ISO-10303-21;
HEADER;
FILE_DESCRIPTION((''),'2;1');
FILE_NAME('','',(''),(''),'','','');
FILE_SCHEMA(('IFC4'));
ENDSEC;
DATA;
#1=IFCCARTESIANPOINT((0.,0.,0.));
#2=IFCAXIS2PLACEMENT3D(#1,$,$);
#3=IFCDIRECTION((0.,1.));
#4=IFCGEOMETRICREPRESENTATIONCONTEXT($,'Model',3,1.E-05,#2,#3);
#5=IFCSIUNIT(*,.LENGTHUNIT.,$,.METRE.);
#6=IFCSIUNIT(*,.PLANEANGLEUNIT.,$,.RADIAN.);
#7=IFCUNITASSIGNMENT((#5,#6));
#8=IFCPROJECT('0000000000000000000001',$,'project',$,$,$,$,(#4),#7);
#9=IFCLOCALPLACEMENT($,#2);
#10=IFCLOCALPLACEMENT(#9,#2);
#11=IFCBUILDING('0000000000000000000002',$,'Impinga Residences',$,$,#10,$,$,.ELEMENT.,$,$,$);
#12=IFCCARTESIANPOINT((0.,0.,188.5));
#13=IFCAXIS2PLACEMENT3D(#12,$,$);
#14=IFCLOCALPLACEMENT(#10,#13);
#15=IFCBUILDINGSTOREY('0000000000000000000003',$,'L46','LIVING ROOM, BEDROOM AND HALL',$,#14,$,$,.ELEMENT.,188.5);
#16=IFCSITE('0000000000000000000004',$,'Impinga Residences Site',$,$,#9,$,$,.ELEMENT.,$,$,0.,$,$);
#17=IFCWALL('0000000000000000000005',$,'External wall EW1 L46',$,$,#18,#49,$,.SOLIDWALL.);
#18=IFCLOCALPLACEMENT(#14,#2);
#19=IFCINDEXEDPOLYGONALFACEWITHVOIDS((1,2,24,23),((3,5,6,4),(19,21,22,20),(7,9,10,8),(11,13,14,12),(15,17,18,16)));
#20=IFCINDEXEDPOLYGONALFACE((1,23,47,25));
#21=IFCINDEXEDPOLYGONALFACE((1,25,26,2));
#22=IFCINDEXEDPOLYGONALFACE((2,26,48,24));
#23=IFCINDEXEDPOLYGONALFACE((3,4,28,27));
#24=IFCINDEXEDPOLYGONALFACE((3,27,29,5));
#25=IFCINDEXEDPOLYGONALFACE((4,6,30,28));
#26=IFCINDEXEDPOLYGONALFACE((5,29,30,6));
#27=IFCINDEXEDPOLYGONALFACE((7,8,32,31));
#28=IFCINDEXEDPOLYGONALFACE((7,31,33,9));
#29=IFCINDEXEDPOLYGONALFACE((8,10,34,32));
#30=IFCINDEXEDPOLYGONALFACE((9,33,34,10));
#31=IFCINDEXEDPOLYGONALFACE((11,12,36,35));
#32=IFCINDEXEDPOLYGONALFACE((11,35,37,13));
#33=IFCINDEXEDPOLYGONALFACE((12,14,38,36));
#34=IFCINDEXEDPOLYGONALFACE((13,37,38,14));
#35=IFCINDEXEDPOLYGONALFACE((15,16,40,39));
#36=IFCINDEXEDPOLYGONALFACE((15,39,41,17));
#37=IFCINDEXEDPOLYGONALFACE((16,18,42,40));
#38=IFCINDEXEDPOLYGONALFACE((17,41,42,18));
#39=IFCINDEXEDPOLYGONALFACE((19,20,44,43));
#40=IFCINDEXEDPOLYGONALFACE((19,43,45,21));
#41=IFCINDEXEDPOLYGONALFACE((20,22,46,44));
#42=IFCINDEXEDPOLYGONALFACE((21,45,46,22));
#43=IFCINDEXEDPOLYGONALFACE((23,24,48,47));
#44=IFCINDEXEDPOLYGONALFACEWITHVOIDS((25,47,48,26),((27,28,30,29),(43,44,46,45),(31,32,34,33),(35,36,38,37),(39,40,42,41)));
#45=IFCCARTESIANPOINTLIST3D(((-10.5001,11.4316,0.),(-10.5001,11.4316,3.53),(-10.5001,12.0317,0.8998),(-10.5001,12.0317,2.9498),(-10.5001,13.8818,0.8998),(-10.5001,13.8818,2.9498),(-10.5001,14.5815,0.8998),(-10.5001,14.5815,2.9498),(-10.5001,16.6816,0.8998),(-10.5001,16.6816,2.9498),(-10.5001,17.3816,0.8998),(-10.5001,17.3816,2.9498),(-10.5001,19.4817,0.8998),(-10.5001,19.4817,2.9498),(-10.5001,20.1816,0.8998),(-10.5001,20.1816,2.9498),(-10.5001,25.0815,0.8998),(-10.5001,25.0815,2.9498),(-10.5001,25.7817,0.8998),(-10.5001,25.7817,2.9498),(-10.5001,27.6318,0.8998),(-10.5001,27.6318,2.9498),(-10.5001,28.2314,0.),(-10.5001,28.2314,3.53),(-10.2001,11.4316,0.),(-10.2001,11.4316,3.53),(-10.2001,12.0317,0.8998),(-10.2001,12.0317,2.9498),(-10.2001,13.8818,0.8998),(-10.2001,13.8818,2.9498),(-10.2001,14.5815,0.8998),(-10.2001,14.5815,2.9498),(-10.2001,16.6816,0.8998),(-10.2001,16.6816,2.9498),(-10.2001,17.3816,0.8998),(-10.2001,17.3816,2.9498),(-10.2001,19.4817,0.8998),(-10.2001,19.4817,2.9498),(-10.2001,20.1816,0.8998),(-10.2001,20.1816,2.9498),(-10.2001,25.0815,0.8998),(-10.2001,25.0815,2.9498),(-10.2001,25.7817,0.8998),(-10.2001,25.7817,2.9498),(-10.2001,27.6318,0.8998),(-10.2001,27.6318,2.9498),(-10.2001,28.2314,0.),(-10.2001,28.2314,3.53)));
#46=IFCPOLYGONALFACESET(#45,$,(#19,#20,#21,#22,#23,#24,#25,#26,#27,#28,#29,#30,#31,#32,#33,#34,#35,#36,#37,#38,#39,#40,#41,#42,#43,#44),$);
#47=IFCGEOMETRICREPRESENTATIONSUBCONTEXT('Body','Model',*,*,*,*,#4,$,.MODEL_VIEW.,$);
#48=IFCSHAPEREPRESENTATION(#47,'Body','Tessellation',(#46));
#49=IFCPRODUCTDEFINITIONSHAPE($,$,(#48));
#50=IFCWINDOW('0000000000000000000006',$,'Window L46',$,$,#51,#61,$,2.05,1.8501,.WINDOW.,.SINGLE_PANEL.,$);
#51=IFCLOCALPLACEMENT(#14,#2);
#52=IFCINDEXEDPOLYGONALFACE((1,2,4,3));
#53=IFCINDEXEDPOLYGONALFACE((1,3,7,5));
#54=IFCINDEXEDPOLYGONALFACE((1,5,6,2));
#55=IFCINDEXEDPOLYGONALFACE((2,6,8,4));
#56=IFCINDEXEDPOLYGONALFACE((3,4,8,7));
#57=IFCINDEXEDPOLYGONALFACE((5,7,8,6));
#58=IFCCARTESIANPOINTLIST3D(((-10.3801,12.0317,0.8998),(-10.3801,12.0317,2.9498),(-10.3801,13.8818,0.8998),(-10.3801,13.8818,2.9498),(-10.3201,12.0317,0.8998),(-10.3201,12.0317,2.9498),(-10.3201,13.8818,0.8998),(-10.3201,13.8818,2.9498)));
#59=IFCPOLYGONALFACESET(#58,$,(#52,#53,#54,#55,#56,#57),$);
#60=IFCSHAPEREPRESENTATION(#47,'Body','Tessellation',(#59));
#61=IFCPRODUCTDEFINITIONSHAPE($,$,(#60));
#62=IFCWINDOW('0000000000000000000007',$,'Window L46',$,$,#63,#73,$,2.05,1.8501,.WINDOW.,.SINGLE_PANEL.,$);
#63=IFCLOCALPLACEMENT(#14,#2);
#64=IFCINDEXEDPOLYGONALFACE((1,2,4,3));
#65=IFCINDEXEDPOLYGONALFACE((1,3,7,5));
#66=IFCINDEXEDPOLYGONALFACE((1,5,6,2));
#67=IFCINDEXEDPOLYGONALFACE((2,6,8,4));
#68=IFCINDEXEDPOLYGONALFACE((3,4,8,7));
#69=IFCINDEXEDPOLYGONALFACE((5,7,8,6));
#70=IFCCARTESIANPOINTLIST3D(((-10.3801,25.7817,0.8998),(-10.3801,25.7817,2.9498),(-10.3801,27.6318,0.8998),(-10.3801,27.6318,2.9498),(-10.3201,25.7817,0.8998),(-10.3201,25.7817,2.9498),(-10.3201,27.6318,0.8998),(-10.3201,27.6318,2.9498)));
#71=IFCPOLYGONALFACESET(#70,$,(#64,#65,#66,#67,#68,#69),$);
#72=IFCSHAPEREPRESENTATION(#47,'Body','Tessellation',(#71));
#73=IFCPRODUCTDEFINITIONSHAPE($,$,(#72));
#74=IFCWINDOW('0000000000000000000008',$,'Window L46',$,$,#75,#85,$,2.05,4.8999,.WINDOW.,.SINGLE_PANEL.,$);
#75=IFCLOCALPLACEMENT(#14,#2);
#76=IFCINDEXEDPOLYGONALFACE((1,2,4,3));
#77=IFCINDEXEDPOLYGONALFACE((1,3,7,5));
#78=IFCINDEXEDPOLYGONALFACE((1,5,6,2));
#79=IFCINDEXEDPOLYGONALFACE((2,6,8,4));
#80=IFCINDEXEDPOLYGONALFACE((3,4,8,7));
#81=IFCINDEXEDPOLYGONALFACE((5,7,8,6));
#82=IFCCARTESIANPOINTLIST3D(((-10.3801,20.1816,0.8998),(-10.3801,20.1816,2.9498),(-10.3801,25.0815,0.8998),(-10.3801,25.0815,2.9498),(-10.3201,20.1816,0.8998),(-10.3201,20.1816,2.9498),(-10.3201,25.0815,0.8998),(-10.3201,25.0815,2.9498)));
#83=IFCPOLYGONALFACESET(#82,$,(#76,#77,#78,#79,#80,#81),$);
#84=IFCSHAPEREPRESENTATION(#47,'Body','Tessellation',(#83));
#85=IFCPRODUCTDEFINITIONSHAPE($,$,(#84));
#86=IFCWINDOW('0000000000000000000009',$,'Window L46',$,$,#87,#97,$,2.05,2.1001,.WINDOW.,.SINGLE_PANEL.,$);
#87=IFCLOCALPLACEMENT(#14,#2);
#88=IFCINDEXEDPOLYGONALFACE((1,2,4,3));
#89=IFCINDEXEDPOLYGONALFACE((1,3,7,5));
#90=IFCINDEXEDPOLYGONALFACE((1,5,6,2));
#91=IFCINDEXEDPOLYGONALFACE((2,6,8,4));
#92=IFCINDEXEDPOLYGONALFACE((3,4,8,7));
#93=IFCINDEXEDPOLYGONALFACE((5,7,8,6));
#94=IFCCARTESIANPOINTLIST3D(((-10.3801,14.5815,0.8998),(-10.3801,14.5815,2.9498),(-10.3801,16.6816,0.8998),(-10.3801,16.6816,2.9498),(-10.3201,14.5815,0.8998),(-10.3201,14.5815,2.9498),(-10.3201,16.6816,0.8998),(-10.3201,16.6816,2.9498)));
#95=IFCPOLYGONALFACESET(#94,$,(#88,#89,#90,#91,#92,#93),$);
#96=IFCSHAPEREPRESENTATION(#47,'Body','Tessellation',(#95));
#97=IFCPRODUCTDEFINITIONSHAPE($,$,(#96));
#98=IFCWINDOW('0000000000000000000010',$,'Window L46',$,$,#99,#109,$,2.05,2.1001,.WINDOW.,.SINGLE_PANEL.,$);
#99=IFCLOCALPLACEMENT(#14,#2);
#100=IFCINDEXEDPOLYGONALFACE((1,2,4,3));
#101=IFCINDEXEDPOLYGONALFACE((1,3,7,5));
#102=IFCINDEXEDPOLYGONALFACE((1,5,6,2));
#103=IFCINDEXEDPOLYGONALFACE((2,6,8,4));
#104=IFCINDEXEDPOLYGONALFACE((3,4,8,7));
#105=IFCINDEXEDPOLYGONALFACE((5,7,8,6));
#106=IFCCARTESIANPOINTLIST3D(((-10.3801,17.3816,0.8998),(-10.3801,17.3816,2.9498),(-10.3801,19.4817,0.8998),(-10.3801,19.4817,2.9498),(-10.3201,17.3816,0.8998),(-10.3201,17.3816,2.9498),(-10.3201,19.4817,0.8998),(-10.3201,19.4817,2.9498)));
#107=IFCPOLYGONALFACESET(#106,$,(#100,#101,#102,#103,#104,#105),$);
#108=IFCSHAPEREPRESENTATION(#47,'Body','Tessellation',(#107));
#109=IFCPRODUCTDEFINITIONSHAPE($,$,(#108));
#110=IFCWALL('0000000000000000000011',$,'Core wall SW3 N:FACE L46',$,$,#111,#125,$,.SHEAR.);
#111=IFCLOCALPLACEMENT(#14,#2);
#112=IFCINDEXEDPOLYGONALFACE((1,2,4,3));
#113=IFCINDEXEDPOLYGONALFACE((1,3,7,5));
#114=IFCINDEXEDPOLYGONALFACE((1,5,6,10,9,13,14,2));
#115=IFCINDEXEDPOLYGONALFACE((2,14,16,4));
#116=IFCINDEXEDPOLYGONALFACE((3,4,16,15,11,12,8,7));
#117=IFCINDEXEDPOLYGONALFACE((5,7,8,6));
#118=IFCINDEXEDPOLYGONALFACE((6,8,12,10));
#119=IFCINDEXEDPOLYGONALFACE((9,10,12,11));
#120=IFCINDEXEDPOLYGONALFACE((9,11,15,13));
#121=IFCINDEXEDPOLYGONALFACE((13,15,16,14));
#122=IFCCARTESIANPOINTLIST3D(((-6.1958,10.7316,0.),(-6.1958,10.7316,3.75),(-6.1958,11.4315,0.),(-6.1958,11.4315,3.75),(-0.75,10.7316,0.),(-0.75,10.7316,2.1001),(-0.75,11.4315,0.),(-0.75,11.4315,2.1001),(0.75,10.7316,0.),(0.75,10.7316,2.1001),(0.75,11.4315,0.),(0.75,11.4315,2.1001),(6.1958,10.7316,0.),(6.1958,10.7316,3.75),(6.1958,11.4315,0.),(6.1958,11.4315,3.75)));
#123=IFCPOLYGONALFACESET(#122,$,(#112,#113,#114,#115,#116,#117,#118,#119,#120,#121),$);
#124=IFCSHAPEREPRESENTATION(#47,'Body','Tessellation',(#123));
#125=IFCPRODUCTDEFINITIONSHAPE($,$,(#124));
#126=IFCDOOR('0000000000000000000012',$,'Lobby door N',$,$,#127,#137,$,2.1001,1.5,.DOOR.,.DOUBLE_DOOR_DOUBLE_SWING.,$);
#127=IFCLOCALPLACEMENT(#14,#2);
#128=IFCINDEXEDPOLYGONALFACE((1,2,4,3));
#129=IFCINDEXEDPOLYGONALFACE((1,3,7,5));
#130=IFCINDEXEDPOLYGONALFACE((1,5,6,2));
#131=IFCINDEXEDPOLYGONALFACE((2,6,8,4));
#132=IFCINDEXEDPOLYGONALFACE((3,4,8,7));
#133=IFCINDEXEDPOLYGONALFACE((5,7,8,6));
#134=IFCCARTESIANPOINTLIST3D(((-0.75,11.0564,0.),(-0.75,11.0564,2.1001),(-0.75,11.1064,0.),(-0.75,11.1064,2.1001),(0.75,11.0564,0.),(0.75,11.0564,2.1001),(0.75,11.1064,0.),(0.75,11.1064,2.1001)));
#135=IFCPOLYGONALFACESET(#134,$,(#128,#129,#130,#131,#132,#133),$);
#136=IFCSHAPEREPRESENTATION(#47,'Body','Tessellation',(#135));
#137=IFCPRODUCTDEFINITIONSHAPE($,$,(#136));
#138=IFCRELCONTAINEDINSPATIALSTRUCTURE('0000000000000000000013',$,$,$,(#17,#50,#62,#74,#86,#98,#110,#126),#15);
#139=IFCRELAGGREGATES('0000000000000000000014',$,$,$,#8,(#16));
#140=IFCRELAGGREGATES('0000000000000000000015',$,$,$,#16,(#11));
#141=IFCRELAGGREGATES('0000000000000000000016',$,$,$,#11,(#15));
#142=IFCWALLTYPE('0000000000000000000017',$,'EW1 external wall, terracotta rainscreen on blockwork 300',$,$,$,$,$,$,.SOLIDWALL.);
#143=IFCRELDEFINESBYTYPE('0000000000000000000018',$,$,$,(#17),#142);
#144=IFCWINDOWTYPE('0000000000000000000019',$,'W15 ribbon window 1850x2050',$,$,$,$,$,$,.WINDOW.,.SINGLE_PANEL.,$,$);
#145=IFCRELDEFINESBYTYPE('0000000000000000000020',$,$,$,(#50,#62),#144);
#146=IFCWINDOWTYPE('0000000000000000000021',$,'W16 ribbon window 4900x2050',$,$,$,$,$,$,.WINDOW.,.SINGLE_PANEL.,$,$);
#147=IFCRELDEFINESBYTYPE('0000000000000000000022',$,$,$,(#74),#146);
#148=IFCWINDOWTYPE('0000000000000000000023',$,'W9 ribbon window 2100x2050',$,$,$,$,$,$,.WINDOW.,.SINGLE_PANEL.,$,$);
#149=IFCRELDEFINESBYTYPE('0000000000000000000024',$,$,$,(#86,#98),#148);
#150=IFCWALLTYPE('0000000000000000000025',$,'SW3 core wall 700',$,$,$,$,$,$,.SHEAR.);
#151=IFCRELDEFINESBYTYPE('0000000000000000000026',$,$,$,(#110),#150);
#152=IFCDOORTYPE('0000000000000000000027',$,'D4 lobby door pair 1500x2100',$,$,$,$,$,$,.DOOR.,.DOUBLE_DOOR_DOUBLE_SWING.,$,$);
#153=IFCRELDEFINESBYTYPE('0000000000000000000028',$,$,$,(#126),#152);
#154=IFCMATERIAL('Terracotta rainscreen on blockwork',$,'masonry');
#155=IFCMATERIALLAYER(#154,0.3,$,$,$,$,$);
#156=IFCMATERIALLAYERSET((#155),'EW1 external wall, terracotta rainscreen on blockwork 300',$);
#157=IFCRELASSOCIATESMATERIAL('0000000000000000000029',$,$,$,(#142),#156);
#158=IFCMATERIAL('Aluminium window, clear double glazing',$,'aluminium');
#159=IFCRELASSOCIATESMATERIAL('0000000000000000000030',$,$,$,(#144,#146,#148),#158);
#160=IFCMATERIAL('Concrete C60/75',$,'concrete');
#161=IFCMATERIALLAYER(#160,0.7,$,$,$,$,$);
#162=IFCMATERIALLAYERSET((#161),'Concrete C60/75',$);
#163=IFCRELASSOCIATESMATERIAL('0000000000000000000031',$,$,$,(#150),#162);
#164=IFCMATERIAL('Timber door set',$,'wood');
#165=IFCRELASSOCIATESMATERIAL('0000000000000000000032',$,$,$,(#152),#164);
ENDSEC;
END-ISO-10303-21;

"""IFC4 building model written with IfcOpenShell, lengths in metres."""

from ifc_helpers import new_model, si_unit, direction, frame, frame_2d, origin, place, context, subcontext, project, spatial, rectangle, extrude, material, layer, layer_set, type_object, element, fill, save


model = new_model("IFC4")

# Units and contexts
model_context = context("Model", 3, precision=1e-05, world=origin(), true_north=direction((0.0, 1.0)))
body_context = subcontext(model_context, "Body", "Model", "MODEL_VIEW")
ifc_project = project(units=[si_unit("LENGTHUNIT", "METRE"), si_unit("PLANEANGLEUNIT", "RADIAN")], contexts=[model_context])

# Site, building, storey
site_placement = place(None, origin())
site = spatial("IfcSite", under=ifc_project, at=site_placement, Name="Impinga Residences Site", CompositionType="ELEMENT", RefElevation=0.0)
building_placement = place(site_placement, origin())
building = spatial("IfcBuilding", under=site, at=building_placement, Name="Impinga Residences", CompositionType="ELEMENT")
storey_placement = place(building_placement, frame((0.0, 0.0, 188.5)))
storey = spatial("IfcBuildingStorey", under=building, at=storey_placement, Name="L46", Description="LIVING ROOM, BEDROOM AND HALL", CompositionType="ELEMENT", Elevation=188.5)

# Shared definitions
ifc_material_1 = material(Name="Concrete C60/75", Category="concrete")

# Shared definitions
ifc_material_2 = material(Name="Timber door set", Category="wood")

# Wall, openings, windows
ifc_material_3 = material(Name="Terracotta rainscreen on blockwork", Category="masonry")
ifc_layer_1 = layer(ifc_material_3, 0.3)
ifc_layer_set_1 = layer_set([ifc_layer_1], Name="EW1 external wall, terracotta rainscreen on blockwork 300")
wall_type_1 = type_object("IfcWallType", Name="EW1 external wall, terracotta rainscreen on blockwork 300", PredefinedType="SOLIDWALL", material=ifc_layer_set_1)
wall_1_placement = place(storey_placement, frame((-10.3501, 11.4316, 0.0), z_axis=(0.0, 0.0, 1.0), x_axis=(0.0, 1.0, 0.0)))
wall_1 = element("IfcWall", 1, at=wall_1_placement, inside=storey, type_object=wall_type_1, Name="External wall EW1 L46", PredefinedType="SOLIDWALL", context=body_context, shape_type="SweptSolid", body=[
    extrude(rectangle(XDim=16.7998, YDim=0.3, at=frame_2d((8.3999, 0.0))), origin(), (0.0, 0.0, 1.0), 3.53),
])
opening_1_placement = place(wall_1_placement, frame((0.6001, 0.0, 0.8999)))
opening_1 = element("IfcOpeningElement", 2, at=opening_1_placement, cuts=wall_1, PredefinedType="OPENING", context=body_context, shape_type="SweptSolid", body=[
    extrude(rectangle(XDim=1.8501, YDim=2.05, at=frame_2d((0.925, 1.0249))), frame((0.0, 0.1599, 0.0), z_axis=(0.0, -1.0, 0.0), x_axis=(1.0, 0.0, 0.0)), (0.0, 0.0, 1.0), 0.3201),
])
opening_2_placement = place(wall_1_placement, frame((3.1499, 0.0, 0.8999)))
opening_2 = element("IfcOpeningElement", 3, at=opening_2_placement, cuts=wall_1, PredefinedType="OPENING", context=body_context, shape_type="SweptSolid", body=[
    extrude(rectangle(XDim=2.1001, YDim=2.05, at=frame_2d((1.05, 1.0249))), frame((0.0, 0.1599, 0.0), z_axis=(0.0, -1.0, 0.0), x_axis=(1.0, 0.0, 0.0)), (0.0, 0.0, 1.0), 0.3201),
])
opening_3_placement = place(wall_1_placement, frame((5.95, 0.0, 0.8999)))
opening_3 = element("IfcOpeningElement", 4, at=opening_3_placement, cuts=wall_1, PredefinedType="OPENING", context=body_context, shape_type="SweptSolid", body=[
    extrude(rectangle(XDim=2.1001, YDim=2.05, at=frame_2d((1.05, 1.0249))), frame((0.0, 0.1599, 0.0), z_axis=(0.0, -1.0, 0.0), x_axis=(1.0, 0.0, 0.0)), (0.0, 0.0, 1.0), 0.3201),
])
opening_4_placement = place(wall_1_placement, frame((8.75, 0.0, 0.8999)))
opening_4 = element("IfcOpeningElement", 5, at=opening_4_placement, cuts=wall_1, PredefinedType="OPENING", context=body_context, shape_type="SweptSolid", body=[
    extrude(rectangle(XDim=4.8999, YDim=2.05, at=frame_2d((2.45, 1.0249))), frame((0.0, 0.1599, 0.0), z_axis=(0.0, -1.0, 0.0), x_axis=(1.0, 0.0, 0.0)), (0.0, 0.0, 1.0), 0.3201),
])
opening_5_placement = place(wall_1_placement, frame((14.3501, 0.0, 0.8999)))
opening_5 = element("IfcOpeningElement", 6, at=opening_5_placement, cuts=wall_1, PredefinedType="OPENING", context=body_context, shape_type="SweptSolid", body=[
    extrude(rectangle(XDim=1.8501, YDim=2.05, at=frame_2d((0.925, 1.0249))), frame((0.0, 0.1599, 0.0), z_axis=(0.0, -1.0, 0.0), x_axis=(1.0, 0.0, 0.0)), (0.0, 0.0, 1.0), 0.3201),
])
ifc_material_4 = material(Name="Aluminium window, clear double glazing", Category="aluminium")
window_type_1 = type_object("IfcWindowType", Name="W15 ribbon window 1850x2050", PartitioningType="SINGLE_PANEL", PredefinedType="WINDOW", material=ifc_material_4)
window_1_placement = place(opening_1_placement, origin())
window_1 = element("IfcWindow", 7, at=window_1_placement, inside=storey, type_object=window_type_1, Name="Window L46", OverallHeight=2.05, OverallWidth=1.8501, PartitioningType="SINGLE_PANEL", PredefinedType="WINDOW", context=body_context, shape_type="SweptSolid", body=[
    extrude(rectangle(XDim=1.8501, YDim=2.05, at=frame_2d((0.925, 1.0249))), frame((0.0, 0.03, 0.0), z_axis=(0.0, -1.0, 0.0), x_axis=(1.0, 0.0, 0.0)), (0.0, 0.0, 1.0), 0.0601),
])
fill(opening_1, window_1)
window_2_placement = place(opening_5_placement, origin())
window_2 = element("IfcWindow", 8, at=window_2_placement, inside=storey, type_object=window_type_1, Name="Window L46", OverallHeight=2.05, OverallWidth=1.8501, PartitioningType="SINGLE_PANEL", PredefinedType="WINDOW", context=body_context, shape_type="SweptSolid", body=[
    extrude(rectangle(XDim=1.8501, YDim=2.05, at=frame_2d((0.925, 1.0249))), frame((0.0, 0.03, 0.0), z_axis=(0.0, -1.0, 0.0), x_axis=(1.0, 0.0, 0.0)), (0.0, 0.0, 1.0), 0.0601),
])
fill(opening_5, window_2)
window_type_2 = type_object("IfcWindowType", Name="W16 ribbon window 4900x2050", PartitioningType="SINGLE_PANEL", PredefinedType="WINDOW", material=ifc_material_4)
window_3_placement = place(opening_4_placement, origin())
window_3 = element("IfcWindow", 9, at=window_3_placement, inside=storey, type_object=window_type_2, Name="Window L46", OverallHeight=2.05, OverallWidth=4.8999, PartitioningType="SINGLE_PANEL", PredefinedType="WINDOW", context=body_context, shape_type="SweptSolid", body=[
    extrude(rectangle(XDim=4.8999, YDim=2.05, at=frame_2d((2.45, 1.0249))), frame((0.0, 0.03, 0.0), z_axis=(0.0, -1.0, 0.0), x_axis=(1.0, 0.0, 0.0)), (0.0, 0.0, 1.0), 0.0601),
])
fill(opening_4, window_3)
window_type_3 = type_object("IfcWindowType", Name="W9 ribbon window 2100x2050", PartitioningType="SINGLE_PANEL", PredefinedType="WINDOW", material=ifc_material_4)
window_4_placement = place(opening_2_placement, origin())
window_4 = element("IfcWindow", 10, at=window_4_placement, inside=storey, type_object=window_type_3, Name="Window L46", OverallHeight=2.05, OverallWidth=2.1001, PartitioningType="SINGLE_PANEL", PredefinedType="WINDOW", context=body_context, shape_type="SweptSolid", body=[
    extrude(rectangle(XDim=2.1001, YDim=2.05, at=frame_2d((1.05, 1.0249))), frame((0.0, 0.03, 0.0), z_axis=(0.0, -1.0, 0.0), x_axis=(1.0, 0.0, 0.0)), (0.0, 0.0, 1.0), 0.0601),
])
fill(opening_2, window_4)
window_5_placement = place(opening_3_placement, origin())
window_5 = element("IfcWindow", 11, at=window_5_placement, inside=storey, type_object=window_type_3, Name="Window L46", OverallHeight=2.05, OverallWidth=2.1001, PartitioningType="SINGLE_PANEL", PredefinedType="WINDOW", context=body_context, shape_type="SweptSolid", body=[
    extrude(rectangle(XDim=2.1001, YDim=2.05, at=frame_2d((1.05, 1.0249))), frame((0.0, 0.03, 0.0), z_axis=(0.0, -1.0, 0.0), x_axis=(1.0, 0.0, 0.0)), (0.0, 0.0, 1.0), 0.0601),
])
fill(opening_3, window_5)

# Wall, opening, door
ifc_layer_2 = layer(ifc_material_1, 0.7)
ifc_layer_set_2 = layer_set([ifc_layer_2], Name="Concrete C60/75")
wall_type_2 = type_object("IfcWallType", Name="SW3 core wall 700", PredefinedType="SHEAR", material=ifc_layer_set_2)
wall_2_placement = place(storey_placement, frame((-6.1958, 11.0815, 0.0), z_axis=(0.0, 0.0, 1.0), x_axis=(1.0, 0.0, 0.0)))
wall_2 = element("IfcWall", 12, at=wall_2_placement, inside=storey, type_object=wall_type_2, Name="Core wall SW3 N:FACE L46", PredefinedType="SHEAR", context=body_context, shape_type="SweptSolid", body=[
    extrude(rectangle(XDim=12.3916, YDim=0.7, at=frame_2d((6.1958, 0.0))), origin(), (0.0, 0.0, 1.0), 3.75),
])
opening_6_placement = place(wall_2_placement, frame((5.4458, 0.0, 0.0)))
opening_6 = element("IfcOpeningElement", 13, at=opening_6_placement, cuts=wall_2, PredefinedType="OPENING", context=body_context, shape_type="SweptSolid", body=[
    extrude(rectangle(XDim=1.5, YDim=2.1001, at=frame_2d((0.75, 1.05))), frame((0.0, 0.3599, 0.0), z_axis=(0.0, -1.0, 0.0), x_axis=(1.0, 0.0, 0.0)), (0.0, 0.0, 1.0), 0.72),
])
door_type_1 = type_object("IfcDoorType", Name="D4 lobby door pair 1500x2100", OperationType="DOUBLE_DOOR_DOUBLE_SWING", PredefinedType="DOOR", material=ifc_material_2)
door_1_placement = place(opening_6_placement, origin())
door_1 = element("IfcDoor", 14, at=door_1_placement, inside=storey, type_object=door_type_1, Name="Lobby door N", OperationType="DOUBLE_DOOR_DOUBLE_SWING", OverallHeight=2.1001, OverallWidth=1.5, PredefinedType="DOOR", context=body_context, shape_type="SweptSolid", body=[
    extrude(rectangle(XDim=1.5, YDim=2.1001, at=frame_2d((0.75, 1.05))), frame((0.0, 0.0249, 0.0), z_axis=(0.0, -1.0, 0.0), x_axis=(1.0, 0.0, 0.0)), (0.0, 0.0, 1.0), 0.05),
])
fill(opening_6, door_1)

save(model, "model.ifc")
